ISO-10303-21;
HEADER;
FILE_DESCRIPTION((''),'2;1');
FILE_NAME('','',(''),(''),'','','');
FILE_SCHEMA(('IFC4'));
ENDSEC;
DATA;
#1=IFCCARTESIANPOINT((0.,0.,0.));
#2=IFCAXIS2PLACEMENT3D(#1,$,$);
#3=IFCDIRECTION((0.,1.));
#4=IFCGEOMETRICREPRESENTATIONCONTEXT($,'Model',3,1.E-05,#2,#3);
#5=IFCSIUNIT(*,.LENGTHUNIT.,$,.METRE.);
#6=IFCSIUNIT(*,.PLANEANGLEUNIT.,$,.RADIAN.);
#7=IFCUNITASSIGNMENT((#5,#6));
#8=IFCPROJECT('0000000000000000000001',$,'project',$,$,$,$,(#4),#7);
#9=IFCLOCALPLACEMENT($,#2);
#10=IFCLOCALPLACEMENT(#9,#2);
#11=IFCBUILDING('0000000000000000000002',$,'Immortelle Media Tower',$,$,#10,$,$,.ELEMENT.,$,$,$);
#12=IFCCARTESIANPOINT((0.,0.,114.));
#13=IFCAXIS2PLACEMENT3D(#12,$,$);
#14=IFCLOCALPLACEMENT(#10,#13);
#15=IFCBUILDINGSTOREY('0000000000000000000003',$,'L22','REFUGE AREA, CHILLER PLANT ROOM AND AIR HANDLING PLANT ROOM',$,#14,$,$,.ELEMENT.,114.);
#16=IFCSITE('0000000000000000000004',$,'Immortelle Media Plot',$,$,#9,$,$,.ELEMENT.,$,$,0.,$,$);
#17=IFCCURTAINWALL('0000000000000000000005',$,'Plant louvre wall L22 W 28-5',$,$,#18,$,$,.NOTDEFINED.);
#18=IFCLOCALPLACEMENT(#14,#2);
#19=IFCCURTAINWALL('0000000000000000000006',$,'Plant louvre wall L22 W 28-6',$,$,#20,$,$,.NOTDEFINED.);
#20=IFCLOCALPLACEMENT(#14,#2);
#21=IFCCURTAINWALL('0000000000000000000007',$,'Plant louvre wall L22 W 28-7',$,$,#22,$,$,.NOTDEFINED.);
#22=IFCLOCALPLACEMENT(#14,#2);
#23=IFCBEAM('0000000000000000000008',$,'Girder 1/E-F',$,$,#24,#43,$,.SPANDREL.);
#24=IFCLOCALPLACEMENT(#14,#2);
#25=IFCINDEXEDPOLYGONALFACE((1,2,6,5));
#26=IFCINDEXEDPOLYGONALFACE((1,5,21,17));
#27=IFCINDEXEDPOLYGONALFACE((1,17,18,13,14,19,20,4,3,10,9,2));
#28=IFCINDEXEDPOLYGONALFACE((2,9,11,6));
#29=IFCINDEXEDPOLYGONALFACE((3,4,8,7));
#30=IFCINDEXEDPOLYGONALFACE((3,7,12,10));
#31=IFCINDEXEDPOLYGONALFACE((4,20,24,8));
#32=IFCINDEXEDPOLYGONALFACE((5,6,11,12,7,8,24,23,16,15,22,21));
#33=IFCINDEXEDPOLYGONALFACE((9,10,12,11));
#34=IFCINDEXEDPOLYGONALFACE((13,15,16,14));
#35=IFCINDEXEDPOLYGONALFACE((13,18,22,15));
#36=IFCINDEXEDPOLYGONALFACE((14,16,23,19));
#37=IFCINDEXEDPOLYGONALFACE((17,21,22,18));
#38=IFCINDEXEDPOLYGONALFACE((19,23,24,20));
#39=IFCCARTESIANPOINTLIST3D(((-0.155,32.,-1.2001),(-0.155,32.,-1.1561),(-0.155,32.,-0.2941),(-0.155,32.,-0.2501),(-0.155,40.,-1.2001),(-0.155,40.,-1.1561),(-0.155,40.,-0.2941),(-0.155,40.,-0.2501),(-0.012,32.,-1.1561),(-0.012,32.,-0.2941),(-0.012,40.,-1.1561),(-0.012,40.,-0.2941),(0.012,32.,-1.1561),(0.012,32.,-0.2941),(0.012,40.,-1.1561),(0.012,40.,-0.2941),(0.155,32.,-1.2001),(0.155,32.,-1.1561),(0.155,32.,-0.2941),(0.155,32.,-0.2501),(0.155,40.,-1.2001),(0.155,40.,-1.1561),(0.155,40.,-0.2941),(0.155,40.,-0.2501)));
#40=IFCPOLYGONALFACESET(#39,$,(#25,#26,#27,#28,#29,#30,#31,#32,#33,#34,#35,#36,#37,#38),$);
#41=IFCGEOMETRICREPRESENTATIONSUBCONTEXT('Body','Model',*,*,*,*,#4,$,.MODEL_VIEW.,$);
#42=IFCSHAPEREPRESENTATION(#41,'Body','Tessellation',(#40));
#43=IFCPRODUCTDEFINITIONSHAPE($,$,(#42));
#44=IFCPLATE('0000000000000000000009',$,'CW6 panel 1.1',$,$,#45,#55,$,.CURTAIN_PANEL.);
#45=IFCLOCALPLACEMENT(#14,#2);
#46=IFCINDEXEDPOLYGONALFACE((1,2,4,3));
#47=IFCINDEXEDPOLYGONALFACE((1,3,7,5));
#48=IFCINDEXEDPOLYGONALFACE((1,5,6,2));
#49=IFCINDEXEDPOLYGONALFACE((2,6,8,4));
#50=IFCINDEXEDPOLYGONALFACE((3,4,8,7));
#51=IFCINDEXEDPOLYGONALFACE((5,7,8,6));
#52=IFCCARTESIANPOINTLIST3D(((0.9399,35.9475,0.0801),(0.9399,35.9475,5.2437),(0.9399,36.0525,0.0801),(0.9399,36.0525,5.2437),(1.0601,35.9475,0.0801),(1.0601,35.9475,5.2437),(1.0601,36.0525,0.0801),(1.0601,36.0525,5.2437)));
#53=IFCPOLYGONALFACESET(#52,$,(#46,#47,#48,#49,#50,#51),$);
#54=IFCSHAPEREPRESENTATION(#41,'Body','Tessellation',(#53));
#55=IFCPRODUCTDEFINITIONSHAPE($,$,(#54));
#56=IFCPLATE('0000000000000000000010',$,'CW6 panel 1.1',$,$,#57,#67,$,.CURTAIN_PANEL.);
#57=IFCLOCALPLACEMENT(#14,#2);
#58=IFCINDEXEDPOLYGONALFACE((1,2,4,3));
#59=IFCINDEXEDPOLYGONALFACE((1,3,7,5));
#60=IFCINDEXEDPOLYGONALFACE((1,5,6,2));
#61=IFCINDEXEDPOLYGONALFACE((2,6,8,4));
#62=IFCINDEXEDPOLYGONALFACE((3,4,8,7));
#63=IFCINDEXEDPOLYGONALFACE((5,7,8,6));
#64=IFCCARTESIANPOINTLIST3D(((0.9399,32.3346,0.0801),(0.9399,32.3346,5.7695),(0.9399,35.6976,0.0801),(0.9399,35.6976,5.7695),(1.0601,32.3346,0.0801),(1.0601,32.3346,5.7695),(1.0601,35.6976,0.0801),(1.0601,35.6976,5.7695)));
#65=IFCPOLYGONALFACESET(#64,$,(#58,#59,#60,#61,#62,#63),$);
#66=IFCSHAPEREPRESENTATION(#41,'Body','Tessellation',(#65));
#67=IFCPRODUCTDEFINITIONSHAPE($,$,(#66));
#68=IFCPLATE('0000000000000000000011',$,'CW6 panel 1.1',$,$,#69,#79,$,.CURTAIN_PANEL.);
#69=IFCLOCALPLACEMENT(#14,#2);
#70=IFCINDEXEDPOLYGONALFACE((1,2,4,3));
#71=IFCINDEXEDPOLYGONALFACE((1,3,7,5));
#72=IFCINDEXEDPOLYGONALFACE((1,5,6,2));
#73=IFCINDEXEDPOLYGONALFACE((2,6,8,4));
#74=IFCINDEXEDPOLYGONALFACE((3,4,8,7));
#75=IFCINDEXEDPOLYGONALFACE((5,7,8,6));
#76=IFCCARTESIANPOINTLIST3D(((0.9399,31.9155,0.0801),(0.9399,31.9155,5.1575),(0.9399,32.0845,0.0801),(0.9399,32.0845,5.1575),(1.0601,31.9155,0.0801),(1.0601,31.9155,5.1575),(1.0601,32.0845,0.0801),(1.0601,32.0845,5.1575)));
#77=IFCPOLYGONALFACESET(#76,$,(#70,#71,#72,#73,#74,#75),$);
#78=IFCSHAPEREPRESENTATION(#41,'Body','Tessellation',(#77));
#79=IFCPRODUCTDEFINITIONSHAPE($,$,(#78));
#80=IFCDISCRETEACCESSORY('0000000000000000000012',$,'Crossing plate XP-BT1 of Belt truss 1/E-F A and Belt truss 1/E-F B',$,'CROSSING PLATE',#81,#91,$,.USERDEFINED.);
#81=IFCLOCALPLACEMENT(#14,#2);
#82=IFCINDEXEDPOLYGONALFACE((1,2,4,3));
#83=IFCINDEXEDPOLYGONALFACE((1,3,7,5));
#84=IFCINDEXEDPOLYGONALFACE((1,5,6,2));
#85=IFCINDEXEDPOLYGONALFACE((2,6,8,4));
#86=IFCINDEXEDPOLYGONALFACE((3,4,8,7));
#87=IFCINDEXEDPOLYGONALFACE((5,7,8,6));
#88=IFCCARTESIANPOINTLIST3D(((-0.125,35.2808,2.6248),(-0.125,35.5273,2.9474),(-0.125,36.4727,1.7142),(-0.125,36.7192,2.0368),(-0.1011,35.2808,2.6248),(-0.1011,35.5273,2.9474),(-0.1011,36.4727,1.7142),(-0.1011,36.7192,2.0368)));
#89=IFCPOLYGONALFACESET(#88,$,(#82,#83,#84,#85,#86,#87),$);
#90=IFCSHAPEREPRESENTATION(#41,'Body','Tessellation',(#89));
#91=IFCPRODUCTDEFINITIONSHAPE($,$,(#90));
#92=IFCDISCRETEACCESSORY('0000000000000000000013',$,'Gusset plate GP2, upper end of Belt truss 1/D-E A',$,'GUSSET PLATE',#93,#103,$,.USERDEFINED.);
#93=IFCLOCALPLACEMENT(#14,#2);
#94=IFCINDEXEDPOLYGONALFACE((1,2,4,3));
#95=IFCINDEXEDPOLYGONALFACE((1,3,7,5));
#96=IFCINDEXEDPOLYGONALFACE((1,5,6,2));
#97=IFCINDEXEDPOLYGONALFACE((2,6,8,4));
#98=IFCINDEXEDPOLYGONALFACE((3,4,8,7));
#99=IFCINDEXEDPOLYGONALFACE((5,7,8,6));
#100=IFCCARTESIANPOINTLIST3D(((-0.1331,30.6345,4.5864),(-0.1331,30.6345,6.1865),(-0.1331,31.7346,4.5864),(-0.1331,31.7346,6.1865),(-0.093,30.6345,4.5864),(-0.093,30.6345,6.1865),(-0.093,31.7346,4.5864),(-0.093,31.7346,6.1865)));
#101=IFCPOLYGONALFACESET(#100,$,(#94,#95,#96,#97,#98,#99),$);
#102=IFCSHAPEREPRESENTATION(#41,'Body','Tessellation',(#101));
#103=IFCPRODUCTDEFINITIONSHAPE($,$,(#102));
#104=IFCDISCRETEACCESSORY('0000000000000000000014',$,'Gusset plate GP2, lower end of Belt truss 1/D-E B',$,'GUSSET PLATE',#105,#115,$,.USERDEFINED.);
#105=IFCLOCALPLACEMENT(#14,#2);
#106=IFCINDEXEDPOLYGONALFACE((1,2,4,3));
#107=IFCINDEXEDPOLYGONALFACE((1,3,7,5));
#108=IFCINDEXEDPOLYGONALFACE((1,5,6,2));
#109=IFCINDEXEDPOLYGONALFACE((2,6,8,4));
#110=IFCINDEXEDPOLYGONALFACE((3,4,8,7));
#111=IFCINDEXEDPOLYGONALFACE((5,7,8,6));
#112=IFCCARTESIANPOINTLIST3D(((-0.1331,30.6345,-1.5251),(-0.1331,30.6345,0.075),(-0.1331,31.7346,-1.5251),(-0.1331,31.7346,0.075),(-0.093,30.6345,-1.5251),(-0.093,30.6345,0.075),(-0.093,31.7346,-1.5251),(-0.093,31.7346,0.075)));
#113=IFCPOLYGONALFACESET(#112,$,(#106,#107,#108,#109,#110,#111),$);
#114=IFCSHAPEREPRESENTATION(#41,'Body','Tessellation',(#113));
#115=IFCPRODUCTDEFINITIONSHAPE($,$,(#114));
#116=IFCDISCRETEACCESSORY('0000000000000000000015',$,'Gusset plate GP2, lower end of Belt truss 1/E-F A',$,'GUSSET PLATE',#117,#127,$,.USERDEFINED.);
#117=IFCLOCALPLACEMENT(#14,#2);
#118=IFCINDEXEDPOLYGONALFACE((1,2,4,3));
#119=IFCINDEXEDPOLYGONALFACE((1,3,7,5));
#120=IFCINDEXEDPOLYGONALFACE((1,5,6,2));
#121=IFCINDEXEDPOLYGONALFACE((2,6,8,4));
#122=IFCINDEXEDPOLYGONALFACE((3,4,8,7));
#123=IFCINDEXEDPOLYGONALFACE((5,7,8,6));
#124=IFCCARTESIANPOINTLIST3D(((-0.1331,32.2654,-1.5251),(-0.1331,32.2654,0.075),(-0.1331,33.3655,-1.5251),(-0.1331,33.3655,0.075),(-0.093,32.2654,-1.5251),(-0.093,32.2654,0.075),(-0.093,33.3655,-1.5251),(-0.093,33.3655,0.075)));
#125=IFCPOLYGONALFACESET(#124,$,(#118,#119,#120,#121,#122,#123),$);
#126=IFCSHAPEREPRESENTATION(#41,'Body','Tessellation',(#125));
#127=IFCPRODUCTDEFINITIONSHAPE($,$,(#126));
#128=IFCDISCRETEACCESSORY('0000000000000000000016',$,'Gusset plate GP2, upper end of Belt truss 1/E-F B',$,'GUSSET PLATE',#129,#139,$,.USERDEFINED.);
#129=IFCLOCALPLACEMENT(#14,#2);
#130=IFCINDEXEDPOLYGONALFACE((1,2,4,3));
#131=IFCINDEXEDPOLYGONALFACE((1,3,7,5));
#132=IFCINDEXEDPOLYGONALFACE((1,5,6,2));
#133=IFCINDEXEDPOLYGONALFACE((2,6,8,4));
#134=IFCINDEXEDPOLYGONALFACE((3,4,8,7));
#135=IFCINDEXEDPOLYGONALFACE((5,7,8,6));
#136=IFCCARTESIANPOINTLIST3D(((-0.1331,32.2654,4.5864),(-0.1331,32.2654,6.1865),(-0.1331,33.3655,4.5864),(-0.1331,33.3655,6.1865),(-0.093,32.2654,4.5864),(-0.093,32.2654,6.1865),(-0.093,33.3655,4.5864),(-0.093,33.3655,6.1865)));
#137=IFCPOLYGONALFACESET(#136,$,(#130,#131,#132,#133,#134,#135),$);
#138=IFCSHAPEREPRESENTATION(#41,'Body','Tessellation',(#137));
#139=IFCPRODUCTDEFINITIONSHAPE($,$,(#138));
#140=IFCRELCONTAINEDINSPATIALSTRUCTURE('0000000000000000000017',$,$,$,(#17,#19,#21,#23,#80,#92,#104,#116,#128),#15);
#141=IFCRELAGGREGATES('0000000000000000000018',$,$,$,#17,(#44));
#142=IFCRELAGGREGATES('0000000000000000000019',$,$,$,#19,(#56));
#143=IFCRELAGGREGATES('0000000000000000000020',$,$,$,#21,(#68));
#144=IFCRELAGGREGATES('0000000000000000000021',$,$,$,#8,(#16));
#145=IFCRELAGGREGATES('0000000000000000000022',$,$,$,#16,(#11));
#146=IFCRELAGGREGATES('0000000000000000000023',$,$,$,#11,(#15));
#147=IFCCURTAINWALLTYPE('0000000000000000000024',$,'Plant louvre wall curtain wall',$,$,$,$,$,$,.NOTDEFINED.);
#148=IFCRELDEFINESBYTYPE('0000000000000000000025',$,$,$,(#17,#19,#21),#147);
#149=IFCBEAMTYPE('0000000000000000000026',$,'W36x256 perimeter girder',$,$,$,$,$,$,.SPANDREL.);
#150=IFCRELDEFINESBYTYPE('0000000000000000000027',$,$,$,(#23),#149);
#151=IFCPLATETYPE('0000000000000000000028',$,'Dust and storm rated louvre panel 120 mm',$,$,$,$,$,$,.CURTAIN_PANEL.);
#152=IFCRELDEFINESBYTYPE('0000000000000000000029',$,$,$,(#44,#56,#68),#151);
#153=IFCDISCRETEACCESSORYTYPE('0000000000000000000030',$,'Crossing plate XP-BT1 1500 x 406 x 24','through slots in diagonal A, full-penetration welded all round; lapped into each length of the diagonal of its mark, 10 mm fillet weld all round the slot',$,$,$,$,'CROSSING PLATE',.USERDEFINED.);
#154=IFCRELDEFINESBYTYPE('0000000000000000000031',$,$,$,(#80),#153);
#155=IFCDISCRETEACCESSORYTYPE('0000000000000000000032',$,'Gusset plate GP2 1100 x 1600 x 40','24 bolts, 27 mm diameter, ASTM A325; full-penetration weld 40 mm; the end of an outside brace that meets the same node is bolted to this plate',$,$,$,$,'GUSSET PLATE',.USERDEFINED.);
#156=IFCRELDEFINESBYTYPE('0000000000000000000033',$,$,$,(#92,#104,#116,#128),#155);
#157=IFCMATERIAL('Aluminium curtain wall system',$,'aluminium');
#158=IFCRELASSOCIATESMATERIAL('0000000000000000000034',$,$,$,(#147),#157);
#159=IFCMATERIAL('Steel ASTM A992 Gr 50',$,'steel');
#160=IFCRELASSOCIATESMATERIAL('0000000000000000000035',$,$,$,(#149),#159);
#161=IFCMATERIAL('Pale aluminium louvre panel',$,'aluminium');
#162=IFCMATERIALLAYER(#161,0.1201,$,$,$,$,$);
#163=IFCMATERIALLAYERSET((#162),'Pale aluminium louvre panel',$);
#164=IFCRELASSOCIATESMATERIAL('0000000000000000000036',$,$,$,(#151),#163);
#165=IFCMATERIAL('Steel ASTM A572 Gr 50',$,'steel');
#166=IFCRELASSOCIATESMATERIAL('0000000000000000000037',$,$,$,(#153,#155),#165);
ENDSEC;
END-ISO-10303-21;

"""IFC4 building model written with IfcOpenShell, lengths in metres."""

from ifc_helpers import new_model, si_unit, direction, frame, origin, origin_2d, place, context, subcontext, project, spatial, rectangle, i_section, extrude, material, layer, layer_set, material_profile, profile_set, type_object, element, aggregate, save


model = new_model("IFC4")

# Units and contexts
model_context = context("Model", 3, precision=1e-05, world=origin(), true_north=direction((0.0, 1.0)))
body_context = subcontext(model_context, "Body", "Model", "MODEL_VIEW")
ifc_project = project(units=[si_unit("LENGTHUNIT", "METRE"), si_unit("PLANEANGLEUNIT", "RADIAN")], contexts=[model_context])

# Site, building, storey
site_placement = place(None, origin())
site = spatial("IfcSite", under=ifc_project, at=site_placement, Name="Immortelle Media Plot", CompositionType="ELEMENT", RefElevation=0.0)
building_placement = place(site_placement, origin())
building = spatial("IfcBuilding", under=site, at=building_placement, Name="Immortelle Media Tower", CompositionType="ELEMENT")
storey_placement = place(building_placement, frame((0.0, 0.0, 114.0)))
storey = spatial("IfcBuildingStorey", under=building, at=storey_placement, Name="L22", Description="REFUGE AREA, CHILLER PLANT ROOM AND AIR HANDLING PLANT ROOM", CompositionType="ELEMENT", Elevation=114.0)

# Shared definitions
ifc_material_1 = material(Name="Steel ASTM A992 Gr 50", Category="steel")

# Shared definitions
ifc_material_2 = material(Name="Aluminium curtain wall system", Category="aluminium")
curtain_wall_type = type_object("IfcCurtainWallType", Name="Plant louvre wall curtain wall", PredefinedType="NOTDEFINED", material=ifc_material_2)

# Curtain walls
curtain_wall_1_placement = place(storey_placement, origin())
curtain_wall_1 = element("IfcCurtainWall", 1, at=curtain_wall_1_placement, inside=storey, type_object=curtain_wall_type, Name="Plant louvre wall L22 W 28-5", PredefinedType="NOTDEFINED")
curtain_wall_2_placement = place(storey_placement, origin())
curtain_wall_2 = element("IfcCurtainWall", 2, at=curtain_wall_2_placement, inside=storey, type_object=curtain_wall_type, Name="Plant louvre wall L22 W 28-6", PredefinedType="NOTDEFINED")
curtain_wall_3_placement = place(storey_placement, origin())
curtain_wall_3 = element("IfcCurtainWall", 3, at=curtain_wall_3_placement, inside=storey, type_object=curtain_wall_type, Name="Plant louvre wall L22 W 28-7", PredefinedType="NOTDEFINED")

# Beam
ifc_material_profile_1 = material_profile(ifc_material_1, i_section(OverallWidth=0.3101, OverallDepth=0.95, WebThickness=0.0239, FlangeThickness=0.0439, at=origin_2d()), Name="W36x256")
ifc_profile_set_1 = profile_set([ifc_material_profile_1], Name="Steel ASTM A992 Gr 50")
beam_type_1 = type_object("IfcBeamType", Name="W36x256 perimeter girder", PredefinedType="SPANDREL", material=ifc_profile_set_1)
beam_1_placement = place(storey_placement, frame((0.0, 32.0, -0.7251), z_axis=(0.0, 1.0, 0.0), x_axis=(-1.0, 0.0, 0.0)))
element("IfcBeam", 4, at=beam_1_placement, inside=storey, type_object=beam_type_1, Name="Girder 1/E-F", PredefinedType="SPANDREL", context=body_context, shape_type="SweptSolid", body=[
    extrude(i_section(OverallWidth=0.3101, OverallDepth=0.95, WebThickness=0.0239, FlangeThickness=0.0439, at=origin_2d()), origin(), (0.0, 0.0, 1.0), 8.0),
])

# Plates
ifc_material_3 = material(Name="Pale aluminium louvre panel", Category="aluminium")
ifc_layer = layer(ifc_material_3, 0.1201)
ifc_layer_set = layer_set([ifc_layer], Name="Pale aluminium louvre panel")
plate_type = type_object("IfcPlateType", Name="Dust and storm rated louvre panel 120 mm", PredefinedType="CURTAIN_PANEL", material=ifc_layer_set)
plate_1_placement = place(storey_placement, frame((1.0, 36.0, 0.0801), z_axis=(0.0, 0.0, 1.0), x_axis=(0.0, -1.0, 0.0)))
plate_1 = element("IfcPlate", 5, at=plate_1_placement, type_object=plate_type, Name="CW6 panel 1.1", PredefinedType="CURTAIN_PANEL", context=body_context, shape_type="SweptSolid", body=[
    extrude(rectangle(XDim=0.105, YDim=0.1201, at=origin_2d()), origin(), (0.0, 0.0, 1.0), 5.1636),
])
aggregate(curtain_wall_1, [plate_1])
plate_2_placement = place(storey_placement, frame((1.0, 34.0161, 0.0801), z_axis=(0.0, 0.0, 1.0), x_axis=(0.0, -1.0, 0.0)))
plate_2 = element("IfcPlate", 6, at=plate_2_placement, type_object=plate_type, Name="CW6 panel 1.1", PredefinedType="CURTAIN_PANEL", context=body_context, shape_type="SweptSolid", body=[
    extrude(rectangle(XDim=3.363, YDim=0.1201, at=origin_2d()), origin(), (0.0, 0.0, 1.0), 5.6895),
])
aggregate(curtain_wall_2, [plate_2])
plate_3_placement = place(storey_placement, frame((1.0, 32.0, 0.0801), z_axis=(0.0, 0.0, 1.0), x_axis=(0.0, -1.0, 0.0)))
plate_3 = element("IfcPlate", 7, at=plate_3_placement, type_object=plate_type, Name="CW6 panel 1.1", PredefinedType="CURTAIN_PANEL", context=body_context, shape_type="SweptSolid", body=[
    extrude(rectangle(XDim=0.1689, YDim=0.1201, at=origin_2d()), origin(), (0.0, 0.0, 1.0), 5.0774),
])
aggregate(curtain_wall_3, [plate_3])

# Discrete accessories
ifc_material_4 = material(Name="Steel ASTM A572 Gr 50", Category="steel")
ifc_material_profile_2 = material_profile(ifc_material_4, rectangle(XDim=0.0239, YDim=0.406, at=origin_2d()), Name="PL 24 x 406")
ifc_profile_set_2 = profile_set([ifc_material_profile_2], Name="Steel ASTM A572 Gr 50")
discrete_accessory_type_1 = type_object("IfcDiscreteAccessoryType", Name="Crossing plate XP-BT1 1500 x 406 x 24", Description="through slots in diagonal A, full-penetration welded all round; lapped into each length of the diagonal of its mark, 10 mm fillet weld all round the slot", ElementType="CROSSING PLATE", PredefinedType="USERDEFINED", material=ifc_profile_set_2)
discrete_accessory_placement = place(storey_placement, frame((-0.113, 35.4041, 2.7861), z_axis=(0.0, 0.794616, -0.607112), x_axis=(-1.0, 0.0, 0.0)))
element("IfcDiscreteAccessory", 8, at=discrete_accessory_placement, inside=storey, type_object=discrete_accessory_type_1, Name="Crossing plate XP-BT1 of Belt truss 1/E-F A and Belt truss 1/E-F B", ObjectType="CROSSING PLATE", PredefinedType="USERDEFINED", context=body_context, shape_type="SweptSolid", body=[
    extrude(rectangle(XDim=0.0239, YDim=0.406, at=origin_2d()), origin(), (0.0, 0.0, 1.0), 1.5),
])
ifc_material_profile_3 = material_profile(ifc_material_4, rectangle(XDim=0.04, YDim=1.6001, at=origin_2d()), Name="PL 40 x 1600")
ifc_profile_set_3 = profile_set([ifc_material_profile_3], Name="Steel ASTM A572 Gr 50")
discrete_accessory_type_2 = type_object("IfcDiscreteAccessoryType", Name="Gusset plate GP2 1100 x 1600 x 40", Description="24 bolts, 27 mm diameter, ASTM A325; full-penetration weld 40 mm; the end of an outside brace that meets the same node is bolted to this plate", ElementType="GUSSET PLATE", PredefinedType="USERDEFINED", material=ifc_profile_set_3)
for number, where, z_axis, x_axis, name in (
    (9, (-0.113, 31.7346, 5.3865), (0.0, -1.0, 0.0), (1.0, 0.0, 0.0), "Gusset plate GP2, upper end of Belt truss 1/D-E A"),
    (10, (-0.113, 31.7346, -0.7251), (0.0, -1.0, 0.0), (1.0, 0.0, 0.0), "Gusset plate GP2, lower end of Belt truss 1/D-E B"),
    (11, (-0.113, 32.2654, -0.7251), (0.0, 1.0, 0.0), (-1.0, 0.0, 0.0), "Gusset plate GP2, lower end of Belt truss 1/E-F A"),
    (12, (-0.113, 32.2654, 5.3865), (0.0, 1.0, 0.0), (-1.0, 0.0, 0.0), "Gusset plate GP2, upper end of Belt truss 1/E-F B"),
):
    element("IfcDiscreteAccessory", number, at=place(storey_placement, frame(where, z_axis=z_axis, x_axis=x_axis)), inside=storey, type_object=discrete_accessory_type_2, Name=name, ObjectType="GUSSET PLATE", PredefinedType="USERDEFINED", context=body_context, shape_type="SweptSolid", body=[
        extrude(rectangle(XDim=0.04, YDim=1.6001, at=origin_2d()), origin(), (0.0, 0.0, 1.0), 1.1001),
    ])

save(model, "model.ifc")
